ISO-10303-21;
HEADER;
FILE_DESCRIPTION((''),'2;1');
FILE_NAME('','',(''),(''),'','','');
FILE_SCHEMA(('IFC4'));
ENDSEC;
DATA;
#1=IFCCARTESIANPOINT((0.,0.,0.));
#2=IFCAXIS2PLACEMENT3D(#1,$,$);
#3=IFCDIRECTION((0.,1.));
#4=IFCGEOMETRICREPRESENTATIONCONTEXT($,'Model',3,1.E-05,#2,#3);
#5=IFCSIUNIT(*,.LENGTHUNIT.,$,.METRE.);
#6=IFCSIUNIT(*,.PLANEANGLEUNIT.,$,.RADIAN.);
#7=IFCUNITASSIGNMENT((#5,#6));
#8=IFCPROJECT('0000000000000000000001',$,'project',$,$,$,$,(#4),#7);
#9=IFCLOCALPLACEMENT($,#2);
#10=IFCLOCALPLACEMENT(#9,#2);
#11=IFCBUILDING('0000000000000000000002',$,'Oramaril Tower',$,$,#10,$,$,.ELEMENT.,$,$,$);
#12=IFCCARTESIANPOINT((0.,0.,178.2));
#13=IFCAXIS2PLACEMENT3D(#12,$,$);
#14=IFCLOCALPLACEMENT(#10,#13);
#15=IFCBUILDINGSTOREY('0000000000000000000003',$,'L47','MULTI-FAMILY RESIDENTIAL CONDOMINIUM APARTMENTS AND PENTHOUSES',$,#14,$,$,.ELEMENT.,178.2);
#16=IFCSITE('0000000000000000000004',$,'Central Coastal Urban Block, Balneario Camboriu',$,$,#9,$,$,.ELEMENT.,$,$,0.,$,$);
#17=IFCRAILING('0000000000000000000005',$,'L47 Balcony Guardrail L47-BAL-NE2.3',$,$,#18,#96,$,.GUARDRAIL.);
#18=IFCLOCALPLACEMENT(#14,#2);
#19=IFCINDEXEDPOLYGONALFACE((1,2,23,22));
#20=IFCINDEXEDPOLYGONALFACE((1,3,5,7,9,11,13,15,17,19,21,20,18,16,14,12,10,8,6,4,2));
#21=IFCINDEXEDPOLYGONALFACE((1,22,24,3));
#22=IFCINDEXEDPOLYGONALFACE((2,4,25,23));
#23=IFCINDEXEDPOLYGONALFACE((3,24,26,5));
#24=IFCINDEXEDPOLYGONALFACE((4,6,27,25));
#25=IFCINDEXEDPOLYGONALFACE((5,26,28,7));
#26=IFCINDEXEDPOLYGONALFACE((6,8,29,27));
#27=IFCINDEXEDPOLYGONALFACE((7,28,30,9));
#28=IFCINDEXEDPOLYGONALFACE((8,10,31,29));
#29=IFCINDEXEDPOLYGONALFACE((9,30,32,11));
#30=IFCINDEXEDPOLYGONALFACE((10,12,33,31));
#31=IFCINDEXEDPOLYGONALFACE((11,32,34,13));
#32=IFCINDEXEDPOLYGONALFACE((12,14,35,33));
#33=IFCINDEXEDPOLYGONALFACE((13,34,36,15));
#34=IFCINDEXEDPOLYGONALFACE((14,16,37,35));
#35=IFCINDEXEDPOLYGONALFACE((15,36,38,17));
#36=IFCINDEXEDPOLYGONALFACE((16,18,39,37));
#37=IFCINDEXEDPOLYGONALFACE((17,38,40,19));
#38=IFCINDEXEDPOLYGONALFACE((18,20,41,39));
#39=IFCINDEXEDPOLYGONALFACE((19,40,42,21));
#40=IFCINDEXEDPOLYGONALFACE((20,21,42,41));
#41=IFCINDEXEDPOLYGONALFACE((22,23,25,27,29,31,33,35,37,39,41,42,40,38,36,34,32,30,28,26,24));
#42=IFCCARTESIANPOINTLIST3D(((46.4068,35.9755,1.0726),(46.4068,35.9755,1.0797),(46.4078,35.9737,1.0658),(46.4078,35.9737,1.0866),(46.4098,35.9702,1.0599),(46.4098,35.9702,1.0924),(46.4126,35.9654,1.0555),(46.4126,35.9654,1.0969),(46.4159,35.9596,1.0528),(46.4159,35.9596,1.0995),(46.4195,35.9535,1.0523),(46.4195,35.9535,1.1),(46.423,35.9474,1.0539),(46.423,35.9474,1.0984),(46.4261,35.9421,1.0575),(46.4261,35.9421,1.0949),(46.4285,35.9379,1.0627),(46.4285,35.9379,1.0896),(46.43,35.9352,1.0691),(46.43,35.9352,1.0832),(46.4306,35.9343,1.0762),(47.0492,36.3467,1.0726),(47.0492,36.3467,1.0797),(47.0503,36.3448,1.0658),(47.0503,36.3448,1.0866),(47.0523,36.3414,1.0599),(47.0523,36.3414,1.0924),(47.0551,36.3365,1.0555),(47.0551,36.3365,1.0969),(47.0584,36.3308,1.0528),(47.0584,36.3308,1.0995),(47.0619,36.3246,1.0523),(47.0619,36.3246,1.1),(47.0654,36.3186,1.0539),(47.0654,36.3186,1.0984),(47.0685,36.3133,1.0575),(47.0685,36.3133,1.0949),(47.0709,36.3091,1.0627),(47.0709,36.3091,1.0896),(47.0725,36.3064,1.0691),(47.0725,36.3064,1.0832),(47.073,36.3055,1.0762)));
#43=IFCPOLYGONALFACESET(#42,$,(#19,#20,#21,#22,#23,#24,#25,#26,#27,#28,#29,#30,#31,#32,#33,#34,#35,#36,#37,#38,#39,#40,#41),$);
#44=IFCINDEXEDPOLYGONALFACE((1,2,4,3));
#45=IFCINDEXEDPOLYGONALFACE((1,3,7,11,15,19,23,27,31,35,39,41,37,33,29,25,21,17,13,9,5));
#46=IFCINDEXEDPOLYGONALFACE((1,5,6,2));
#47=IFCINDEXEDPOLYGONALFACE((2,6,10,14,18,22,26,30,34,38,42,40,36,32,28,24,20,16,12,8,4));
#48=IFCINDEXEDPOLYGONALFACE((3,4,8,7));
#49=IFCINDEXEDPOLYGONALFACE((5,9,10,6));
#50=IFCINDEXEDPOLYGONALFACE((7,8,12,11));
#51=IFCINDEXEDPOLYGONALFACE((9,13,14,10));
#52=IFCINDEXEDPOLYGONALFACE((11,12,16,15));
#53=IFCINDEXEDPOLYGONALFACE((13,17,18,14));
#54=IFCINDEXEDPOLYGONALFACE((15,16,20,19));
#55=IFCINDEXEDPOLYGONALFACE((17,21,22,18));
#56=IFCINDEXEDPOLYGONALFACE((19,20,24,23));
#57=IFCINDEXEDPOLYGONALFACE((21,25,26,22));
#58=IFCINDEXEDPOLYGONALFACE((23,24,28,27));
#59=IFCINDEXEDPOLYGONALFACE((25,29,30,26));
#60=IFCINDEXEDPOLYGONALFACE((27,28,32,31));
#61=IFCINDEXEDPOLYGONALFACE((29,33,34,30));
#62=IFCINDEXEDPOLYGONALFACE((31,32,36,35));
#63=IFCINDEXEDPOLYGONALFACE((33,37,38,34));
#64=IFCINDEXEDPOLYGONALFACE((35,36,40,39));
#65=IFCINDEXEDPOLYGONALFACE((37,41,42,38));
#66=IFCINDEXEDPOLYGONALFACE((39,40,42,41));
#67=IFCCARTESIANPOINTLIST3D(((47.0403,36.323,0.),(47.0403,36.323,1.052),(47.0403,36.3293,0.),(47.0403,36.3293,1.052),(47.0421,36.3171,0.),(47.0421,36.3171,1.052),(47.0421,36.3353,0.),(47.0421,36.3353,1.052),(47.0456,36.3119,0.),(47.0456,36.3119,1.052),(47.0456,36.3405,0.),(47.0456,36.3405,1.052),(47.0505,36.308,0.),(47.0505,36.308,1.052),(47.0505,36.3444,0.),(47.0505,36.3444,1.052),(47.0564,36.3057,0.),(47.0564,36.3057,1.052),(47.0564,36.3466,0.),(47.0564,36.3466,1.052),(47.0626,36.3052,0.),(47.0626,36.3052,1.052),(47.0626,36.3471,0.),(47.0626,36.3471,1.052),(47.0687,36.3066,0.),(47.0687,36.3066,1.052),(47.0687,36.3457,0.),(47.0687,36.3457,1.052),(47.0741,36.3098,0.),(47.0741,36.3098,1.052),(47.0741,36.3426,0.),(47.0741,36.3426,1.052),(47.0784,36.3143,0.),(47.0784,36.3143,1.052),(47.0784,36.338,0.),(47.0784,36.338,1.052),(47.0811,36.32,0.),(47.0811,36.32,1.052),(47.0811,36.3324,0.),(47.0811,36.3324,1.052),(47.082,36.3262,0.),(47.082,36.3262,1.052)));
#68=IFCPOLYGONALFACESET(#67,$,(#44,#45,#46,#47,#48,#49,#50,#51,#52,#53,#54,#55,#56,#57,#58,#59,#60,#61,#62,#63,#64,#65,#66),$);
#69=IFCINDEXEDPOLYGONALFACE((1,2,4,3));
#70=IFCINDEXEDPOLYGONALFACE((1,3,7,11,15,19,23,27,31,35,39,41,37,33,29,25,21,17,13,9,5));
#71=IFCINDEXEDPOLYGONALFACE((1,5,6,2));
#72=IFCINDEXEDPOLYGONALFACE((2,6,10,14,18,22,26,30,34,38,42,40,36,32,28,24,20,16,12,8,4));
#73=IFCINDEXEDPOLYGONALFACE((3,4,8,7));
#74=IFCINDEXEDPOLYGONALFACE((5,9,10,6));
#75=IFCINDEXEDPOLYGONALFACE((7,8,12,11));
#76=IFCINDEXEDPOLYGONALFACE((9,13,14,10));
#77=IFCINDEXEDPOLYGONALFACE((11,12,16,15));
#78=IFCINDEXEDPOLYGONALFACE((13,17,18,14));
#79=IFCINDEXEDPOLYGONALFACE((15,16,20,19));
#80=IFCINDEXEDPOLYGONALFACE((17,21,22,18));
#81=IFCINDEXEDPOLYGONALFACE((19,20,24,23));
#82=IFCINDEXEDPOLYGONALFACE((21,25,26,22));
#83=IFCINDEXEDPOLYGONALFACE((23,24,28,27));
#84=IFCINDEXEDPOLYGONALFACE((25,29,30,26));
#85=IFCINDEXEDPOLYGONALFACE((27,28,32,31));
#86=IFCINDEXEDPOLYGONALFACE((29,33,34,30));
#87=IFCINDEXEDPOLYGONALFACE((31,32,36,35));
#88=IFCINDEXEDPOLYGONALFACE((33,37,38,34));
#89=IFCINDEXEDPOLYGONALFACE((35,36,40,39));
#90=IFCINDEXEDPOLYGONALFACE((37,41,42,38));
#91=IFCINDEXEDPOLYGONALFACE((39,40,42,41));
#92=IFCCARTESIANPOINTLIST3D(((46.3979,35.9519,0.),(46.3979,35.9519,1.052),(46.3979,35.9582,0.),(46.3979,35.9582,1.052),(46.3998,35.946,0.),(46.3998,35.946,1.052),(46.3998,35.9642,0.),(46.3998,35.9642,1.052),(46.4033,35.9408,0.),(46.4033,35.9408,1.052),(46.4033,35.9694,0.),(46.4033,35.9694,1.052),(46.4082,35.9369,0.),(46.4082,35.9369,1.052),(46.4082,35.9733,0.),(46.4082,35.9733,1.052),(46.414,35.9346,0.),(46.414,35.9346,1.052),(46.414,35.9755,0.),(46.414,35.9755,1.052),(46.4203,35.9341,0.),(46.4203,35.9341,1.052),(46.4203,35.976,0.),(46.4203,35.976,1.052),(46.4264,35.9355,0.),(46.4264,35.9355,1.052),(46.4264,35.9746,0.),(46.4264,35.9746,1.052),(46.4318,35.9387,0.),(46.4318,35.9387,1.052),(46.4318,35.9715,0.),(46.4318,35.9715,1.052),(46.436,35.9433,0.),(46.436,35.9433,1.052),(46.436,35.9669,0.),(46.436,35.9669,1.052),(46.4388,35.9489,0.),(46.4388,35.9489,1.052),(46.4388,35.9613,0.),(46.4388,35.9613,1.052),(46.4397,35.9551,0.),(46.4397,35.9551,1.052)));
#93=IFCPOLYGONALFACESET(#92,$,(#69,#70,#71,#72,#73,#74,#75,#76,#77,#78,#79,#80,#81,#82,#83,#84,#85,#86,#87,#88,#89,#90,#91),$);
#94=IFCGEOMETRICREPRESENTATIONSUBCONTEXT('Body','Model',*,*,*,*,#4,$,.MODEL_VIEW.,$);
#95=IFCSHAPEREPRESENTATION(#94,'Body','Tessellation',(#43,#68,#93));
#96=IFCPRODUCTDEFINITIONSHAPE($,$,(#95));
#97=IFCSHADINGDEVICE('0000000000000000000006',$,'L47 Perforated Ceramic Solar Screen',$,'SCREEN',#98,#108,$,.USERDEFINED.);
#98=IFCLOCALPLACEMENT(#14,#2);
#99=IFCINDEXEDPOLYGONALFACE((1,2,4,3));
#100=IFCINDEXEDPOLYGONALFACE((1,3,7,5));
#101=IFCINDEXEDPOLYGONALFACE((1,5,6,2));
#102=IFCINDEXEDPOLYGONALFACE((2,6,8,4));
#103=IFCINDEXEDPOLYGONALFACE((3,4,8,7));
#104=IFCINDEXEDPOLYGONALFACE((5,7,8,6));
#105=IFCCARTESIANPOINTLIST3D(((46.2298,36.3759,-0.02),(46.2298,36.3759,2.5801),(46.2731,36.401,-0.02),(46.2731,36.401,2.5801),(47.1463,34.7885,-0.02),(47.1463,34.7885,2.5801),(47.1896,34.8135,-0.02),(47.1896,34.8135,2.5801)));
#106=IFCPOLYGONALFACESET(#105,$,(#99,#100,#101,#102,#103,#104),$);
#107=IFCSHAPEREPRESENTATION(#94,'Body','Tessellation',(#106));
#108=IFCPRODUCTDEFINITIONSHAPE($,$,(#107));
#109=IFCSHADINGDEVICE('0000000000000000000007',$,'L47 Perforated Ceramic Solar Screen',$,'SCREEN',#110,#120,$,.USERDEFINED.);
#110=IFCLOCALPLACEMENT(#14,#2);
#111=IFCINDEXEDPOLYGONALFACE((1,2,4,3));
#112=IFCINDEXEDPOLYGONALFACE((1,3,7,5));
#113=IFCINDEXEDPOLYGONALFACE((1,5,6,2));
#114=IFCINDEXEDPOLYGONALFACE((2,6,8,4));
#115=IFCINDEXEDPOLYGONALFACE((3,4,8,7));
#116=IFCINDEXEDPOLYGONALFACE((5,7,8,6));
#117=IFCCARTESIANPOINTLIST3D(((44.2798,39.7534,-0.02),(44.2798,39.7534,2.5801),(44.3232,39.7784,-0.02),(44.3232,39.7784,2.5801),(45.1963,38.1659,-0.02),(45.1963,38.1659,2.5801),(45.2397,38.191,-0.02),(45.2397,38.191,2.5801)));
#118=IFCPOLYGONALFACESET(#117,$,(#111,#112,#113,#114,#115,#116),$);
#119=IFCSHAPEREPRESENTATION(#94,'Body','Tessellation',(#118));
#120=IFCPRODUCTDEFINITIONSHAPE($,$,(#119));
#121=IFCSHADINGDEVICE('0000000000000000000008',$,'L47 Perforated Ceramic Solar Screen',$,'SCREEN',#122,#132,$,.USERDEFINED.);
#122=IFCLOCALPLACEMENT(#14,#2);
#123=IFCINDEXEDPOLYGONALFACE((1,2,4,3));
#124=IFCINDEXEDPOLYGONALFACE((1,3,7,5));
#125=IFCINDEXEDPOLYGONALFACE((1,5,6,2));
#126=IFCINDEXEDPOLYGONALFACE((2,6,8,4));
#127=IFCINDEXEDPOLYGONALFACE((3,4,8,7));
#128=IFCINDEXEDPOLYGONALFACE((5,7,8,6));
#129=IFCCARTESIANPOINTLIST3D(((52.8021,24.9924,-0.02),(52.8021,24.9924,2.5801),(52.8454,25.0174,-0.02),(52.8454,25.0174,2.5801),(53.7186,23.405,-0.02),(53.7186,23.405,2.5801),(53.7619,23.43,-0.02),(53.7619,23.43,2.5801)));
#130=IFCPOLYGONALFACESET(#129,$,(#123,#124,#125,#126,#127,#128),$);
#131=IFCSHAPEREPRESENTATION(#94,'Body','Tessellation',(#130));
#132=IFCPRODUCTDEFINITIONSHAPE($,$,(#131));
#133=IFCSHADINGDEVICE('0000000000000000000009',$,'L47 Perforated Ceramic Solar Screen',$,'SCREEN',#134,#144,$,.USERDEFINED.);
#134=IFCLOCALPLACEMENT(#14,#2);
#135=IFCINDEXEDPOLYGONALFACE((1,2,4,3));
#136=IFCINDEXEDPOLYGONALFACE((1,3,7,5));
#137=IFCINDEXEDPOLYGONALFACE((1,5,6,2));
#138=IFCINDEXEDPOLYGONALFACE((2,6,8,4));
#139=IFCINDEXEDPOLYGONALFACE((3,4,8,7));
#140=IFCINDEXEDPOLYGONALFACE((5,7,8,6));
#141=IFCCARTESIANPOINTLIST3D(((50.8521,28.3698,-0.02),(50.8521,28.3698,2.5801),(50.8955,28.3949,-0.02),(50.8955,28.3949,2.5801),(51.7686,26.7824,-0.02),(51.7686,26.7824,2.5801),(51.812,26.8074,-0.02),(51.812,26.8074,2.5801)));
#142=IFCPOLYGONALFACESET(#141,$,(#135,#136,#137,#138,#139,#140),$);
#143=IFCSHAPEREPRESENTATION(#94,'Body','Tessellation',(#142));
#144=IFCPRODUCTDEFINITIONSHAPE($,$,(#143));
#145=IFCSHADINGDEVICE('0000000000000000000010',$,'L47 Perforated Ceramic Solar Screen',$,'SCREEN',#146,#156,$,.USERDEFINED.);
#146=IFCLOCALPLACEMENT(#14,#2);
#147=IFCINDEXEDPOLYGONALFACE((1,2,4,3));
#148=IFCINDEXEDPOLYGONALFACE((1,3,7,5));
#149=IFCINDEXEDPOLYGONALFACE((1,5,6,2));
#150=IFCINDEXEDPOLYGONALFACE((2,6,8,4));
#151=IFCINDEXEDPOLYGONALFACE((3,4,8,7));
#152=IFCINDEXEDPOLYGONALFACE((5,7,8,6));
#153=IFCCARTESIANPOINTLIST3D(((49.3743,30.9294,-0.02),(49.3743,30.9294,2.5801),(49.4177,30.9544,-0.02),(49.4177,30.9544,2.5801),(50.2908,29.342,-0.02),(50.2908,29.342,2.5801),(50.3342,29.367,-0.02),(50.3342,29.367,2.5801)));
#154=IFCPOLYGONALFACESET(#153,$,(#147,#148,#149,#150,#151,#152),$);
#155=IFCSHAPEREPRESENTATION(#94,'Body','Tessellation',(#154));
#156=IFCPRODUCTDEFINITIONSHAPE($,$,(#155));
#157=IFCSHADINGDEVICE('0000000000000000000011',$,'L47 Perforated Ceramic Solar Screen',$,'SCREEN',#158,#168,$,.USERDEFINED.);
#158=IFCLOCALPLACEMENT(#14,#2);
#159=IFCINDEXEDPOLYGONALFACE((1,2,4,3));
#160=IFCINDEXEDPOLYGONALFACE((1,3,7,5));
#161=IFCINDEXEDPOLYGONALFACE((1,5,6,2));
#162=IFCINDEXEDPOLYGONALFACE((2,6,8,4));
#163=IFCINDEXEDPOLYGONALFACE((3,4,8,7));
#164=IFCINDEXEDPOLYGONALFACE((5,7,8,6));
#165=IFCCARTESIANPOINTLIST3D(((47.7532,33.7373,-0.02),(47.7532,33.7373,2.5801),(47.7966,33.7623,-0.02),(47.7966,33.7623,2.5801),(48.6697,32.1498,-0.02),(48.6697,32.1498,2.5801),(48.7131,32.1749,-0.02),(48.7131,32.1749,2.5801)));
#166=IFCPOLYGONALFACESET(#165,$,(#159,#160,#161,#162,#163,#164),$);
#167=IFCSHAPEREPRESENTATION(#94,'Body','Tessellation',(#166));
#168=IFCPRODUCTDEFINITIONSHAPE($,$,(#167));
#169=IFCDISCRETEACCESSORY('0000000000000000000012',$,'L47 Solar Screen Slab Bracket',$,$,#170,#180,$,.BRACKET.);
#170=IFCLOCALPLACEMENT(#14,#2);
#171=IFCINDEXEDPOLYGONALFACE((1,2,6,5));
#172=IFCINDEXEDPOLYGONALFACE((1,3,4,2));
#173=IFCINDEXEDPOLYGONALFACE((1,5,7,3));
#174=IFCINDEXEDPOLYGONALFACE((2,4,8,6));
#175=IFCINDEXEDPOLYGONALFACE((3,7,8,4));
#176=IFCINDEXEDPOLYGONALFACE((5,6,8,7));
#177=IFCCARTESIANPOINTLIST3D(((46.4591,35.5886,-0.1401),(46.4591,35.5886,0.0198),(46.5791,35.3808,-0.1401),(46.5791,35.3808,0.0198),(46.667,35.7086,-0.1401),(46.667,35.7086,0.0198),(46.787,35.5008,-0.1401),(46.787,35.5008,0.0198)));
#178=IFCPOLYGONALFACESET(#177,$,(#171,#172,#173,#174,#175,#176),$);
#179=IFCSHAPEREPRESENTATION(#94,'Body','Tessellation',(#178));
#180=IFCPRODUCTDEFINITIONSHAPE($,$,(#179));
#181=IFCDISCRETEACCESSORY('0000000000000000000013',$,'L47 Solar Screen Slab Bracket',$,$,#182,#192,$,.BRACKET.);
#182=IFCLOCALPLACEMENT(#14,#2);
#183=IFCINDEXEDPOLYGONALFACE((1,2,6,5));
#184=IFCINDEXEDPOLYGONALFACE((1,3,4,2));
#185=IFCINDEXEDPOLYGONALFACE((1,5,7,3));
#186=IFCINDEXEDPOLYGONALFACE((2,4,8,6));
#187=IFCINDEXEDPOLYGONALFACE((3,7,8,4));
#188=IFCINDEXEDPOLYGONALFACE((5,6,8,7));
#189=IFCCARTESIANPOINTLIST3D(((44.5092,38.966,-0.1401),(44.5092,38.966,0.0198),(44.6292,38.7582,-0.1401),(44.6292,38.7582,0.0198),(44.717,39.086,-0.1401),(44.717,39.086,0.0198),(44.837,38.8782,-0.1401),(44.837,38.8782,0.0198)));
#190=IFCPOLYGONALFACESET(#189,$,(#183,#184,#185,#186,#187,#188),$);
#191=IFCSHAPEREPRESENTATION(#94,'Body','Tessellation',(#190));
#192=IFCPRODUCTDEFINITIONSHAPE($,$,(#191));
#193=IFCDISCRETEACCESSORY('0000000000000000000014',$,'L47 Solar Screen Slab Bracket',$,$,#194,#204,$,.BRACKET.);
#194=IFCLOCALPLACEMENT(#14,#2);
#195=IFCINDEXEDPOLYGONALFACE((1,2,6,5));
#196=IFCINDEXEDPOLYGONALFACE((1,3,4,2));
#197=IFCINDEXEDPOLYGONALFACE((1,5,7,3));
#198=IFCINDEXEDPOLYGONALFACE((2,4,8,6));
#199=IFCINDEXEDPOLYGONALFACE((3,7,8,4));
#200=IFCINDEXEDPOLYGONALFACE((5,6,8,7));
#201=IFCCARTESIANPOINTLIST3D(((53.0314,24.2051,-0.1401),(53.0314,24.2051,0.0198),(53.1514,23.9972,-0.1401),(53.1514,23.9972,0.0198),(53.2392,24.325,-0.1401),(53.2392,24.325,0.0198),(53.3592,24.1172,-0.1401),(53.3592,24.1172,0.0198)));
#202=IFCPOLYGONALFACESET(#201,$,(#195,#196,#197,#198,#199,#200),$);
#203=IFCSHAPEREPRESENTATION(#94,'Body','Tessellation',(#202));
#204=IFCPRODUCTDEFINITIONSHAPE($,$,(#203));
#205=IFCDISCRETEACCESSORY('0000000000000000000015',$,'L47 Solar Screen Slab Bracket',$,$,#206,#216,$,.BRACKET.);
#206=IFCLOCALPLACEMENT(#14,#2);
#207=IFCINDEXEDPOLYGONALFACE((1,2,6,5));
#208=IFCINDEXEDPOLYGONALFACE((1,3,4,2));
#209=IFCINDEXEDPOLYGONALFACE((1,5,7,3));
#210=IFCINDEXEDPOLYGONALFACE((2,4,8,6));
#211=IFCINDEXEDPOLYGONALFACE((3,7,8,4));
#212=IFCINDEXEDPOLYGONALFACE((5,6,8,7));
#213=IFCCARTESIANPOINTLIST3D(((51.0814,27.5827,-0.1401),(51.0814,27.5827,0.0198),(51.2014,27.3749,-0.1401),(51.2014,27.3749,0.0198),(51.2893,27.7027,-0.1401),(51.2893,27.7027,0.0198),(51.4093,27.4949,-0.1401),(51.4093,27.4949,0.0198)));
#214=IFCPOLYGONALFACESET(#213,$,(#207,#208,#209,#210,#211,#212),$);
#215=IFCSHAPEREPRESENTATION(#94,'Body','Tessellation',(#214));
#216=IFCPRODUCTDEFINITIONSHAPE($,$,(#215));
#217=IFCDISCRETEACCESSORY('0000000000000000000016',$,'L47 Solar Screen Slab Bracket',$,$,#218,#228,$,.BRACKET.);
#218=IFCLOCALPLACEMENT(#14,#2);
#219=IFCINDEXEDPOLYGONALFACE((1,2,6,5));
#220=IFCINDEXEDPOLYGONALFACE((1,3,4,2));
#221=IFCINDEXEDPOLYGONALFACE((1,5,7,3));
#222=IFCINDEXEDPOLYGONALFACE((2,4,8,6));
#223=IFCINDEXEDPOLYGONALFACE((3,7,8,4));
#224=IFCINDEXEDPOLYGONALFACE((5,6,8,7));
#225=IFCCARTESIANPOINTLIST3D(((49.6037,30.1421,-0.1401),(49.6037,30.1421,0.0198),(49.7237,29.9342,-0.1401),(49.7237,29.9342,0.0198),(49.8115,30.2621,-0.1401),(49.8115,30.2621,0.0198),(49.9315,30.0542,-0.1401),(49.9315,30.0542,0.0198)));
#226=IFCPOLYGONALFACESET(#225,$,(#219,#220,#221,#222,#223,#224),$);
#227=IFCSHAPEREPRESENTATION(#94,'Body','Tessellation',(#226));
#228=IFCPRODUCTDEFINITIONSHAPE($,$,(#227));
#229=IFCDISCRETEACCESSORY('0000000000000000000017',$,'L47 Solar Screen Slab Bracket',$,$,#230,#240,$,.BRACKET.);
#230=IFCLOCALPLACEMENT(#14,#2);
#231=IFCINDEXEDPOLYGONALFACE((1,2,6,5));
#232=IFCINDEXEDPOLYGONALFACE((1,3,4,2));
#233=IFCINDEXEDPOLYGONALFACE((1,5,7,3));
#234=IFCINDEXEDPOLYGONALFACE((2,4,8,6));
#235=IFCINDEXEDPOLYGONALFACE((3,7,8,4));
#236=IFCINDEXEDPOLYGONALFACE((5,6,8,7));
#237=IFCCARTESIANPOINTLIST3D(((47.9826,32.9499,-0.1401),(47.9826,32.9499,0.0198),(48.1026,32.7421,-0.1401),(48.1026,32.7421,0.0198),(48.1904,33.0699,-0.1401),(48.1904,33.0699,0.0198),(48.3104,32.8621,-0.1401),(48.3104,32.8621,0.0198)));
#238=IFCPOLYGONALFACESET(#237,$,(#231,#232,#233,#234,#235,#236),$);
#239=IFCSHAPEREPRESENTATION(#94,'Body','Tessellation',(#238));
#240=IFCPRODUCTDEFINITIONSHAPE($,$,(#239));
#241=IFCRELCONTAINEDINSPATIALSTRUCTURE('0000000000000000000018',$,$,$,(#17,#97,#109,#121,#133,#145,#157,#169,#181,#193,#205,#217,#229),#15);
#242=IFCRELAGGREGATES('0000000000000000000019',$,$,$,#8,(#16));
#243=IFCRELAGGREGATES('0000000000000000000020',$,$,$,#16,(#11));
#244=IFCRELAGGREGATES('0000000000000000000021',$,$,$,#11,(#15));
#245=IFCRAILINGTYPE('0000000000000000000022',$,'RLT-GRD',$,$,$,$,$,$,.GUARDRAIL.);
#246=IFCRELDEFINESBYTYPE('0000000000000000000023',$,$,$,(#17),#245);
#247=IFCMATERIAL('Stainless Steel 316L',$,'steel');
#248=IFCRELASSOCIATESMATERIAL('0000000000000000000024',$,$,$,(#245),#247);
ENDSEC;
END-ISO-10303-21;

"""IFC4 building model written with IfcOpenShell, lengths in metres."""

from ifc_helpers import new_model, si_unit, direction, frame, origin, origin_2d, place, context, subcontext, project, spatial, rectangle, circle, extrude, material, type_object, element, save


model = new_model("IFC4")

# Units and contexts
model_context = context("Model", 3, precision=1e-05, world=origin(), true_north=direction((0.0, 1.0)))
body_context = subcontext(model_context, "Body", "Model", "MODEL_VIEW")
ifc_project = project(units=[si_unit("LENGTHUNIT", "METRE"), si_unit("PLANEANGLEUNIT", "RADIAN")], contexts=[model_context])

# Site, building, storey
site_placement = place(None, origin())
site = spatial("IfcSite", under=ifc_project, at=site_placement, Name="Central Coastal Urban Block, Balneario Camboriu", CompositionType="ELEMENT", RefElevation=0.0)
building_placement = place(site_placement, origin())
building = spatial("IfcBuilding", under=site, at=building_placement, Name="Oramaril Tower", CompositionType="ELEMENT")
storey_placement = place(building_placement, frame((0.0, 0.0, 178.2)))
storey = spatial("IfcBuildingStorey", under=building, at=storey_placement, Name="L47", Description="MULTI-FAMILY RESIDENTIAL CONDOMINIUM APARTMENTS AND PENTHOUSES", CompositionType="ELEMENT", Elevation=178.2)

# Railing
ifc_material_1 = material(Name="Stainless Steel 316L", Category="steel")
railing_type = type_object("IfcRailingType", Name="RLT-GRD", PredefinedType="GUARDRAIL", material=ifc_material_1)
railing_1_placement = place(storey_placement, frame((47.061, 36.3262, 0.0)))
element("IfcRailing", 1, at=railing_1_placement, inside=storey, type_object=railing_type, Name="L47 Balcony Guardrail L47-BAL-NE2.3", PredefinedType="GUARDRAIL", context=body_context, shape_type="SweptSolid", body=[
    extrude(circle(Radius=0.0239, at=origin_2d()), frame((0.0, 0.0, 1.0762), z_axis=(-0.865884, -0.500245, 0.0), x_axis=(0.500245, -0.865884, 0.0)), (0.0, 0.0, 1.0), 0.7419),
    extrude(circle(Radius=0.021, at=origin_2d()), origin(), (0.0, 0.0, 1.0), 1.052),
    extrude(circle(Radius=0.021, at=origin_2d()), frame((-0.6423, -0.3711, 0.0)), (0.0, 0.0, 1.0), 1.052),
])

# Shading devices
for number, where, z_axis, x_axis, name in (
    (2, (46.7097, 35.5947, -0.02), (0.0, 0.0, 1.0), (-0.5, 0.866025, 0.0), "L47 Perforated Ceramic Solar Screen"),
    (3, (44.7598, 38.9722, -0.02), (0.0, 0.0, 1.0), (-0.5, 0.866025, 0.0), "L47 Perforated Ceramic Solar Screen"),
    (4, (53.282, 24.2112, -0.02), (0.0, 0.0, 1.0), (-0.5, 0.866025, 0.0), "L47 Perforated Ceramic Solar Screen"),
    (5, (51.332, 27.5886, -0.02), (0.0, 0.0, 1.0), (-0.5, 0.866025, 0.0), "L47 Perforated Ceramic Solar Screen"),
    (6, (49.8542, 30.1482, -0.02), (0.0, 0.0, 1.0), (-0.5, 0.866025, 0.0), "L47 Perforated Ceramic Solar Screen"),
    (7, (48.2332, 32.9561, -0.02), (0.0, 0.0, 1.0), (-0.5, 0.866025, 0.0), "L47 Perforated Ceramic Solar Screen"),
):
    element("IfcShadingDevice", number, at=place(storey_placement, frame(where, z_axis=z_axis, x_axis=x_axis)), inside=storey, Name=name, ObjectType="SCREEN", PredefinedType="USERDEFINED", context=body_context, shape_type="SweptSolid", body=[
        extrude(rectangle(XDim=1.833, YDim=0.05, at=origin_2d()), origin(), (0.0, 0.0, 1.0), 2.6001),
    ])

# Discrete accessories
for number, where, z_axis, x_axis, name in (
    (8, (46.623, 35.5447, -0.1401), (0.0, 0.0, 1.0), (-0.5, 0.866025, 0.0), "L47 Solar Screen Slab Bracket"),
    (9, (44.6731, 38.9221, -0.1401), (0.0, 0.0, 1.0), (-0.5, 0.866025, 0.0), "L47 Solar Screen Slab Bracket"),
    (10, (53.1953, 24.1611, -0.1401), (0.0, 0.0, 1.0), (-0.5, 0.866025, 0.0), "L47 Solar Screen Slab Bracket"),
    (11, (51.2454, 27.5388, -0.1401), (0.0, 0.0, 1.0), (-0.5, 0.866025, 0.0), "L47 Solar Screen Slab Bracket"),
    (12, (49.7676, 30.0981, -0.1401), (0.0, 0.0, 1.0), (-0.5, 0.866025, 0.0), "L47 Solar Screen Slab Bracket"),
    (13, (48.1465, 32.906, -0.1401), (0.0, 0.0, 1.0), (-0.5, 0.866025, 0.0), "L47 Solar Screen Slab Bracket"),
):
    element("IfcDiscreteAccessory", number, at=place(storey_placement, frame(where, z_axis=z_axis, x_axis=x_axis)), inside=storey, Name=name, PredefinedType="BRACKET", context=body_context, shape_type="SweptSolid", body=[
        extrude(rectangle(XDim=0.24, YDim=0.24, at=origin_2d()), origin(), (0.0, 0.0, 1.0), 0.1599),
    ])

save(model, "model.ifc")
